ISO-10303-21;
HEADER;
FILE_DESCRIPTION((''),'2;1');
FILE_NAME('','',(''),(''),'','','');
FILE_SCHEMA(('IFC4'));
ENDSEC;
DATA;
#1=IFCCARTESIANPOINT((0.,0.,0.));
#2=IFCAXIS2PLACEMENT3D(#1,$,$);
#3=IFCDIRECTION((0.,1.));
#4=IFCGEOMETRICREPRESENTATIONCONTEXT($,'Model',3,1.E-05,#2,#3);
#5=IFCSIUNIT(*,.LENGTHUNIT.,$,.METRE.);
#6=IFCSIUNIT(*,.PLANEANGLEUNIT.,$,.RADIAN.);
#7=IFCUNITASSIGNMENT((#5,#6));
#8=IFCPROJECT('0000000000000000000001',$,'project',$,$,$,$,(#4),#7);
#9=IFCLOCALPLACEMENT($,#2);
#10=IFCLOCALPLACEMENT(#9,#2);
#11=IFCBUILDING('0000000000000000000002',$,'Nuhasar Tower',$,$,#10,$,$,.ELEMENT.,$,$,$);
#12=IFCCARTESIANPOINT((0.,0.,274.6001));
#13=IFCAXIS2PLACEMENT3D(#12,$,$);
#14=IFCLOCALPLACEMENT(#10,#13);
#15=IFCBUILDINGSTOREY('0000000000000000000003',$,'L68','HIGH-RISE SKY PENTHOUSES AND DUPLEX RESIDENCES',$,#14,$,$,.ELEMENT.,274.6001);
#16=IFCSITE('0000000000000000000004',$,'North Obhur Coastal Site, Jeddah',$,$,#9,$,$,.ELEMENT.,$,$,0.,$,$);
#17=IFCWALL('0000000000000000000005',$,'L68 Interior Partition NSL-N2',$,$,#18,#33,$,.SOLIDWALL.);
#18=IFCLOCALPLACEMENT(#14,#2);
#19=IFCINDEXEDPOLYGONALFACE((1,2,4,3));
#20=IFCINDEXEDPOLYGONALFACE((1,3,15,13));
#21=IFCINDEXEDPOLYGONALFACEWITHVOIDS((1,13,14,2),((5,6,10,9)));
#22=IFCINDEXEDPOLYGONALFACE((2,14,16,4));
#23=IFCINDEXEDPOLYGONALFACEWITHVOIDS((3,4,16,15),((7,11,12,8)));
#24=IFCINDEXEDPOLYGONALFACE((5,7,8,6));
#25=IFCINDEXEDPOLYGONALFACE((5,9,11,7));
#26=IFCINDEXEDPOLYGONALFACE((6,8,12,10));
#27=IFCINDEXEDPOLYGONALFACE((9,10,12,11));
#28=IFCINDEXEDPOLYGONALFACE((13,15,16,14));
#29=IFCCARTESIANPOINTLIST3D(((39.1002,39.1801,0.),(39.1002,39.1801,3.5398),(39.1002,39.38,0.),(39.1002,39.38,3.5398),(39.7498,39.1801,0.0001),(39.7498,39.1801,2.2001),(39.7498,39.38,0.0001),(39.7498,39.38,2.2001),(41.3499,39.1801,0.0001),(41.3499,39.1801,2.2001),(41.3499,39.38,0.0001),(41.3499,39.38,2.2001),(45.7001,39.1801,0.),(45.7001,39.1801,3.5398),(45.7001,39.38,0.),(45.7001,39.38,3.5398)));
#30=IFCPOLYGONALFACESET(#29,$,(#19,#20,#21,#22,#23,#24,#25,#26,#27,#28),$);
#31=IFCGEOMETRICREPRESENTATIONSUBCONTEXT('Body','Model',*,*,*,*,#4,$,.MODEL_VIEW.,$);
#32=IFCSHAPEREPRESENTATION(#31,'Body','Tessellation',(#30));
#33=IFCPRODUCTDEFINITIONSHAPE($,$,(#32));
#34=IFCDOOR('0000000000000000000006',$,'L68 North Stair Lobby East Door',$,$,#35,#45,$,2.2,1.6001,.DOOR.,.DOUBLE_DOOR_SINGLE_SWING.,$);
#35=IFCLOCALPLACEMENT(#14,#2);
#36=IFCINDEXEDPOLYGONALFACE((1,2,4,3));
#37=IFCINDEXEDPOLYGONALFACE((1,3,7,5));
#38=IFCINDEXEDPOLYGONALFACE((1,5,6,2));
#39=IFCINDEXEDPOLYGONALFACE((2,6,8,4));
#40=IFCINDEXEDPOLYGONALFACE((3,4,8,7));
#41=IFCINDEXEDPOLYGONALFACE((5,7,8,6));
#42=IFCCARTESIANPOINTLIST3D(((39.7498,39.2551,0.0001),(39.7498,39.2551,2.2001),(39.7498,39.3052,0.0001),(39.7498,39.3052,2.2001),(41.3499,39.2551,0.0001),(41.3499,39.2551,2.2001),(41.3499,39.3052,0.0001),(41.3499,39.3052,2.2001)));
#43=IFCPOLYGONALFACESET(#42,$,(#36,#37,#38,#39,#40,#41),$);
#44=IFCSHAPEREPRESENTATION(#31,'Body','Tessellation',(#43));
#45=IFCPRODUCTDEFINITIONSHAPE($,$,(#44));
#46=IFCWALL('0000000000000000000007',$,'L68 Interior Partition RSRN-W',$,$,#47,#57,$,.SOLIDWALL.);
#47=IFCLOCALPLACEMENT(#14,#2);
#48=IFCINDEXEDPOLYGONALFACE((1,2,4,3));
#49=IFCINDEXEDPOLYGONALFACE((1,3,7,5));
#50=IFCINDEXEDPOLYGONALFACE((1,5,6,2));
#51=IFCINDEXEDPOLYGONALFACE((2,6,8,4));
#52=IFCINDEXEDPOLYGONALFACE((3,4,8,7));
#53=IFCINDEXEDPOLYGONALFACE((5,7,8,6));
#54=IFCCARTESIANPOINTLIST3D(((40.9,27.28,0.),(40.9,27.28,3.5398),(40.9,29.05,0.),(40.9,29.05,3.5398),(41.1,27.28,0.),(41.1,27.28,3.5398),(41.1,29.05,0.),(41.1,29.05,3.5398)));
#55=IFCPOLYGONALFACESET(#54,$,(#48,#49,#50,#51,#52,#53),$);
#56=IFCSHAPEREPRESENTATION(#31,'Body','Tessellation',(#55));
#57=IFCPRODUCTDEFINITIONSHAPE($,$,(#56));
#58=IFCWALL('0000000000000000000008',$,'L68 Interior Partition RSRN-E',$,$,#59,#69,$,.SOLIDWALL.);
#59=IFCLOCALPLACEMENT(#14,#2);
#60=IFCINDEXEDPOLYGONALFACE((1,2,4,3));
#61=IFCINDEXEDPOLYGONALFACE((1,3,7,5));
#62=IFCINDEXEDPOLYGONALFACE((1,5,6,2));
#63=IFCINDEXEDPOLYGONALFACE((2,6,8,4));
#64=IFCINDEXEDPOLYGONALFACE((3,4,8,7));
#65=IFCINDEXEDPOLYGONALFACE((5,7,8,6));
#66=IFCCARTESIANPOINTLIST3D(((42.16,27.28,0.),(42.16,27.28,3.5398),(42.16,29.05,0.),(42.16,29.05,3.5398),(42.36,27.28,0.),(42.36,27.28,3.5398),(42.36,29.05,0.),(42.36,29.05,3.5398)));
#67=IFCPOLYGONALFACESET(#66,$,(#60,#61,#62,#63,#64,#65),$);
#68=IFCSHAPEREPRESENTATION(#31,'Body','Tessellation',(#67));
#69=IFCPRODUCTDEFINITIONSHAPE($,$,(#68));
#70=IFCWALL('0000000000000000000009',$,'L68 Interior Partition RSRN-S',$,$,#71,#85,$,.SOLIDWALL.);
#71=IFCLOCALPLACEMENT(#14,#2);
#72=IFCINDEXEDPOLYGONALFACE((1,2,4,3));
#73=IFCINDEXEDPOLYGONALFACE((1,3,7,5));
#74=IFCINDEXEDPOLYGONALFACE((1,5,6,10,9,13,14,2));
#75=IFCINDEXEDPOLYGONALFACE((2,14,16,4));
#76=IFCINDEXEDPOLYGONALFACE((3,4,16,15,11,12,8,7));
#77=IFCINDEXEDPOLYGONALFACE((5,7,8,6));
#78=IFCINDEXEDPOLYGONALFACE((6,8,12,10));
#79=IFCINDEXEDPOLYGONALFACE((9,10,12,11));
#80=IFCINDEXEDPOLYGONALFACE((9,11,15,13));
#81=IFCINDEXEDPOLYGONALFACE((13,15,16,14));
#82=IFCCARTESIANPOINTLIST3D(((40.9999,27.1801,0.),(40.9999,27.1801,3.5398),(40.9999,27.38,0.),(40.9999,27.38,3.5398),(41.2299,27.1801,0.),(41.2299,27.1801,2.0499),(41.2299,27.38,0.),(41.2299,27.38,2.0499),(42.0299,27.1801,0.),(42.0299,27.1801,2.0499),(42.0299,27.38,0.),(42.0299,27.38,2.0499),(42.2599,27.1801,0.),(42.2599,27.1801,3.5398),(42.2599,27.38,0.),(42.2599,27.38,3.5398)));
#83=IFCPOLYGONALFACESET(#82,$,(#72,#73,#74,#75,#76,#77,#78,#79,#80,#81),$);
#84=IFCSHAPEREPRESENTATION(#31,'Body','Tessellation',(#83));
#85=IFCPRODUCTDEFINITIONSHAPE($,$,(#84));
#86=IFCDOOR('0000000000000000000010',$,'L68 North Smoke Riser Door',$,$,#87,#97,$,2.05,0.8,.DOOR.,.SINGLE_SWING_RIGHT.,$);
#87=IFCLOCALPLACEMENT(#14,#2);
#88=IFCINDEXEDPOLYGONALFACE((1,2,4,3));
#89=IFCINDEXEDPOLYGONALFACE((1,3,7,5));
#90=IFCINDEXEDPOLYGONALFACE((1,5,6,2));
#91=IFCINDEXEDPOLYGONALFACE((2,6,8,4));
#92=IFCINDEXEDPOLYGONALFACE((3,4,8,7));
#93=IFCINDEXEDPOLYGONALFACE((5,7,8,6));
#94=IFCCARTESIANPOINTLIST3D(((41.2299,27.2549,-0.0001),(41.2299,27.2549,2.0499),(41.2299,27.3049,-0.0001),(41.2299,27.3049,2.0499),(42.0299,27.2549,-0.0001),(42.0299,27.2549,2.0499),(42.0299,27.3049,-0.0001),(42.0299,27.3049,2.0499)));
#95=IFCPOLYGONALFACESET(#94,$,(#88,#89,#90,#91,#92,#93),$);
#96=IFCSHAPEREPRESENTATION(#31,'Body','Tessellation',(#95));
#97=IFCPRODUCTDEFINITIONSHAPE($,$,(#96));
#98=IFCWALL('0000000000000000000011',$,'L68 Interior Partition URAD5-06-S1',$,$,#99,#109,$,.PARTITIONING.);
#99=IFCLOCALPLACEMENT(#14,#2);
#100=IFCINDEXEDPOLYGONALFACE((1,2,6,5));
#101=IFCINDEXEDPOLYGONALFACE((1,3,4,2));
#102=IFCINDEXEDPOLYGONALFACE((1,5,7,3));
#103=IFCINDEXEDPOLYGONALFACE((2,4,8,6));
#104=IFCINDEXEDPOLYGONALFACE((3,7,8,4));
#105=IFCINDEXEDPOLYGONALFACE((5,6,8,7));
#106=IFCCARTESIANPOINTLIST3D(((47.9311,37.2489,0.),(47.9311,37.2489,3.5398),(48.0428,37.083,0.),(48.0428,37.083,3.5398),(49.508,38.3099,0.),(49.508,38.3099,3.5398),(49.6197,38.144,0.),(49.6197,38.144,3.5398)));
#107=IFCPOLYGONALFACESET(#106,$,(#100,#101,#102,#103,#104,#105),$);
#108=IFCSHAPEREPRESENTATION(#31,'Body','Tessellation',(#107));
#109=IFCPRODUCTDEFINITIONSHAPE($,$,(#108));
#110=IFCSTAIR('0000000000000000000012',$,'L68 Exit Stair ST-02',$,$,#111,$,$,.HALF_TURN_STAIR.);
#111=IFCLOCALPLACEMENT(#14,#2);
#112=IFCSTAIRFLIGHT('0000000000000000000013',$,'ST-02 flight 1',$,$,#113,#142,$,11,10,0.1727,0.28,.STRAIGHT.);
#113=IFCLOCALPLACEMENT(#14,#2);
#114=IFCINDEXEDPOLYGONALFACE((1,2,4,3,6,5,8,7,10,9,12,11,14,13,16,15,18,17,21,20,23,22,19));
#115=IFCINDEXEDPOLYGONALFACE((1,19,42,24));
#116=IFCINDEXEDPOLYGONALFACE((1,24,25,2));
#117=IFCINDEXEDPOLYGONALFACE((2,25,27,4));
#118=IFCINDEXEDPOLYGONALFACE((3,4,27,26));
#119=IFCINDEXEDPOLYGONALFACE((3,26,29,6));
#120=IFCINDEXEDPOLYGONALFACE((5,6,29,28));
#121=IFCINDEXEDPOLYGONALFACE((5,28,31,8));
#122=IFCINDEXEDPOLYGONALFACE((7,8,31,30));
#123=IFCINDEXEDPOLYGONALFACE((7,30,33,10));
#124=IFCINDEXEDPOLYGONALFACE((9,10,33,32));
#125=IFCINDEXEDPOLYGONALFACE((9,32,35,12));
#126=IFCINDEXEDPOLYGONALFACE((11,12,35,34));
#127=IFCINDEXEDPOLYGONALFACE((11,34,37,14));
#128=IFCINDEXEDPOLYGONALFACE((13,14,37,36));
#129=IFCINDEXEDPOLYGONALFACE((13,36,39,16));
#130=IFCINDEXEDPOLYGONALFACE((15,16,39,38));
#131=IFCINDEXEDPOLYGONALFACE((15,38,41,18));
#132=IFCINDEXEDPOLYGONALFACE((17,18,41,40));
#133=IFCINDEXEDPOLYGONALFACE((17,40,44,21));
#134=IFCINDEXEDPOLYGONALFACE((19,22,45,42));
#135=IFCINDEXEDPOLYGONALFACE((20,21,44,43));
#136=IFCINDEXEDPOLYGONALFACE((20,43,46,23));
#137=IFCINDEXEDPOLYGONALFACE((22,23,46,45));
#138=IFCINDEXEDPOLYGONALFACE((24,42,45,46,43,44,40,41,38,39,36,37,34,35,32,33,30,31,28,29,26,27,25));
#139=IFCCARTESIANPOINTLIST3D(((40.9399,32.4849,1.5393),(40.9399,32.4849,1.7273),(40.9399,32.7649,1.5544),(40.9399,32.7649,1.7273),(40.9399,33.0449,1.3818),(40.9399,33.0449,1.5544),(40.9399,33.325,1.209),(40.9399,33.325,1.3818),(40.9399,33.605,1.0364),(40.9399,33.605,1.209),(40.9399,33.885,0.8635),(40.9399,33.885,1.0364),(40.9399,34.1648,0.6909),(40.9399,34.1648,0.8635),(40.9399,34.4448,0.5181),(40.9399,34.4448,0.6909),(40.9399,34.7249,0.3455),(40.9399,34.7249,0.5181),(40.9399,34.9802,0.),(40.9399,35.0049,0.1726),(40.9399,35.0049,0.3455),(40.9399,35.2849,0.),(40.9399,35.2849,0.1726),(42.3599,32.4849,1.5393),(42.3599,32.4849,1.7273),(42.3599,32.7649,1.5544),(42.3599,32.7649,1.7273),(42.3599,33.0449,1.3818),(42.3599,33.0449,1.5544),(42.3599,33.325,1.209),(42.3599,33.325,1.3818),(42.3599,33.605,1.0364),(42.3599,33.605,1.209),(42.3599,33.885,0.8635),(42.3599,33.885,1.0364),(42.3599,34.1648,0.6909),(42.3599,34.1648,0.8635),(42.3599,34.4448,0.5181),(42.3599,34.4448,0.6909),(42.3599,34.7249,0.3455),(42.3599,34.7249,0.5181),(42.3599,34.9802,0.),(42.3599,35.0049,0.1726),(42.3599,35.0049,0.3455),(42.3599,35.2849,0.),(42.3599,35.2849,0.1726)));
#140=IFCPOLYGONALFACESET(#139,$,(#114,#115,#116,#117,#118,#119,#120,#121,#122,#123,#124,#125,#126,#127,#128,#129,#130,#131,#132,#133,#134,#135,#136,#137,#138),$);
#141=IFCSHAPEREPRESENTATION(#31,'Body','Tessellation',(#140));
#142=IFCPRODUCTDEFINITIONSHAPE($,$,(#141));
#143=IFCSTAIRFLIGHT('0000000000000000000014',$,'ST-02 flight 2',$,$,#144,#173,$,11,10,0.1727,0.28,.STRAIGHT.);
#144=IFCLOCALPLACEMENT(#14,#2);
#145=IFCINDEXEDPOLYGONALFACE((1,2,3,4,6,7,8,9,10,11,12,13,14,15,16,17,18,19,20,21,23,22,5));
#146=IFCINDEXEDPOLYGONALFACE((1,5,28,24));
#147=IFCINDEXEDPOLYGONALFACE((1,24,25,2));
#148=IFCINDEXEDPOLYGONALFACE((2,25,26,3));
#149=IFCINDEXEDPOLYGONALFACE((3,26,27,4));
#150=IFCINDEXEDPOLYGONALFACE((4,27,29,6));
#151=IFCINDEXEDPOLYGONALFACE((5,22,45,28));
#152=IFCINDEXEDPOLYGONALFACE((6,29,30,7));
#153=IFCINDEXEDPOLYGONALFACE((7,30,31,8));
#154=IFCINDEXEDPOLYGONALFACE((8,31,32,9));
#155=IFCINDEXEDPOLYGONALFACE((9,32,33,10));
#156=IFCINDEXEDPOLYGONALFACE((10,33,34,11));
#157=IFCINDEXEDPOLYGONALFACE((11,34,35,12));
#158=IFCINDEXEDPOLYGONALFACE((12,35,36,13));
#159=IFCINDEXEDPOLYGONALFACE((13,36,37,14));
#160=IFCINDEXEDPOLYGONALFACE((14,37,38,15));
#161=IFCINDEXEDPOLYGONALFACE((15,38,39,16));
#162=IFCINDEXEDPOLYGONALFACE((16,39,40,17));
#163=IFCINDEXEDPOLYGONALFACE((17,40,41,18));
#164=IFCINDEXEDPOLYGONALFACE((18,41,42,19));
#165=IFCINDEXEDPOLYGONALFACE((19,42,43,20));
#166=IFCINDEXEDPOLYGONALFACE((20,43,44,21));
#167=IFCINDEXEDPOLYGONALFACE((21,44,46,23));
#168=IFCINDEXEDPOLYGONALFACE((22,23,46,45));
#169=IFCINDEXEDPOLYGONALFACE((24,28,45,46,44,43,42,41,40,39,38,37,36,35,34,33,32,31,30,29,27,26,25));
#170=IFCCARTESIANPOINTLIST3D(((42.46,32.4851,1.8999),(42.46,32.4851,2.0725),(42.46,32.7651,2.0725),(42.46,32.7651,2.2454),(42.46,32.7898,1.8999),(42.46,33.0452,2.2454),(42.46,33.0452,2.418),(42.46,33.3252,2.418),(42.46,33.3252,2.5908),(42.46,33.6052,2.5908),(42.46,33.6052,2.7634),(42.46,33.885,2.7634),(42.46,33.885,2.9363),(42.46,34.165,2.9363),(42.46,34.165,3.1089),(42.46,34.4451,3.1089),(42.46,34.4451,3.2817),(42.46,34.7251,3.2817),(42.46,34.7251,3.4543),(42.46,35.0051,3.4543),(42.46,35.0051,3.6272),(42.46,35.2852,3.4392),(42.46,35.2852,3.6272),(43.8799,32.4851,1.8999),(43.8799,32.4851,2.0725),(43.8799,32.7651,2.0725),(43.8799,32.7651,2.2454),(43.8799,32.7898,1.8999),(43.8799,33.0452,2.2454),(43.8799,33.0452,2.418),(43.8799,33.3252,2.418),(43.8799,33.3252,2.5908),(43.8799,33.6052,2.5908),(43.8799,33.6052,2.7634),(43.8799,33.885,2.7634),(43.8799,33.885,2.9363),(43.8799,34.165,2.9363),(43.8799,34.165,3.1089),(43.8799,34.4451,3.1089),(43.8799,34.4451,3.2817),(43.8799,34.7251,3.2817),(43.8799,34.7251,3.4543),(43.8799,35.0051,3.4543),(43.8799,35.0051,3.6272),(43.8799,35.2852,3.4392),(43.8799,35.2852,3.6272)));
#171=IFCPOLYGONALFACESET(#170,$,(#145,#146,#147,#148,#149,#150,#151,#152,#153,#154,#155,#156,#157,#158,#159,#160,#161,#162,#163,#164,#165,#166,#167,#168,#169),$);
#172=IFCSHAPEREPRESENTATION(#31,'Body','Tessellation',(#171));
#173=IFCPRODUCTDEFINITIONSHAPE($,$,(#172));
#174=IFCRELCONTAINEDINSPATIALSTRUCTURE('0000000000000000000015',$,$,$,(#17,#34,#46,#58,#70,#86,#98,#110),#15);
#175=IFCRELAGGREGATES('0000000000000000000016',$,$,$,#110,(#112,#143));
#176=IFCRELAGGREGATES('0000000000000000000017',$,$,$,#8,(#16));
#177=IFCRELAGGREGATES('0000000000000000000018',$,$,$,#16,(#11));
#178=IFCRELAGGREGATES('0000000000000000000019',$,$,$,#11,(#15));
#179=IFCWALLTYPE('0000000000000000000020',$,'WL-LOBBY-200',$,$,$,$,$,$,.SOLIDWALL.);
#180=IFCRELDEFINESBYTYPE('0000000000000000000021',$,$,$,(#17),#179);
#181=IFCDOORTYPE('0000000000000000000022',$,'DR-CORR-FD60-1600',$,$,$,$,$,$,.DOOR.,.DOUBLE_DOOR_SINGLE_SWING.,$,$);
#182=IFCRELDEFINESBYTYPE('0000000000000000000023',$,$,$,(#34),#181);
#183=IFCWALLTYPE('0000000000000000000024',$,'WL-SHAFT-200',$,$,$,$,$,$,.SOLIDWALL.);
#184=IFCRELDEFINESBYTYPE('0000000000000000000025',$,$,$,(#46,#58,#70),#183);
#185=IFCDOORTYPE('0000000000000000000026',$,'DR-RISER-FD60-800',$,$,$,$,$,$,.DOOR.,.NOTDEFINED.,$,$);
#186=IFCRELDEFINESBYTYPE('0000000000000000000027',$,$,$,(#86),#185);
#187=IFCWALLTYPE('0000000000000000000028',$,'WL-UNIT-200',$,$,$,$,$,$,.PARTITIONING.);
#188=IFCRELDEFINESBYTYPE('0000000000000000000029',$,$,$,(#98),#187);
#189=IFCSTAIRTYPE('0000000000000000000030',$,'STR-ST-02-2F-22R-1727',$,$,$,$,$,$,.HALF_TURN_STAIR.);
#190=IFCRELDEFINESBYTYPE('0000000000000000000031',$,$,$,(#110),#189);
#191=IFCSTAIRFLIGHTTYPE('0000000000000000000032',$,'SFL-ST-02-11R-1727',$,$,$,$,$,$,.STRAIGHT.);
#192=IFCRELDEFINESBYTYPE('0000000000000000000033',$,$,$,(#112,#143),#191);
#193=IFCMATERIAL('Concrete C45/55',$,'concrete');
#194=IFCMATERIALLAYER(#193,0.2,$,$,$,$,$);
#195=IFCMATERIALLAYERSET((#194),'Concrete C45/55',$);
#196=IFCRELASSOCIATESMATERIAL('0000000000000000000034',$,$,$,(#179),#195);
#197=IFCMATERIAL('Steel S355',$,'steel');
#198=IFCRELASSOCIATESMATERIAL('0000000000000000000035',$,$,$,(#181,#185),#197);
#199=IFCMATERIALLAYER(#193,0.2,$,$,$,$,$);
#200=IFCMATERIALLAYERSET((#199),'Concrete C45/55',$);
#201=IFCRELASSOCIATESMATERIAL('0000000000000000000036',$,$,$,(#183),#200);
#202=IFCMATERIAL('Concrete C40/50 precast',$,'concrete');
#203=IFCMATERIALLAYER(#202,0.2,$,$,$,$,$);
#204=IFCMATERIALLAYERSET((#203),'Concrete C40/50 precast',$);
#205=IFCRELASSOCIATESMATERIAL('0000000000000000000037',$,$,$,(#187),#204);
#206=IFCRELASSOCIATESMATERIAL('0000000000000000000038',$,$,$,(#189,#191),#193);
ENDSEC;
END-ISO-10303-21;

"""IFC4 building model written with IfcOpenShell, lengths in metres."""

from ifc_helpers import new_model, si_unit, direction, frame, frame_2d, origin, place, context, subcontext, project, spatial, polyline, rectangle, outline, extrude, material, layer, layer_set, type_object, element, fill, aggregate, save


model = new_model("IFC4")

# Units and contexts
model_context = context("Model", 3, precision=1e-05, world=origin(), true_north=direction((0.0, 1.0)))
body_context = subcontext(model_context, "Body", "Model", "MODEL_VIEW")
ifc_project = project(units=[si_unit("LENGTHUNIT", "METRE"), si_unit("PLANEANGLEUNIT", "RADIAN")], contexts=[model_context])

# Site, building, storey
site_placement = place(None, origin())
site = spatial("IfcSite", under=ifc_project, at=site_placement, Name="North Obhur Coastal Site, Jeddah", CompositionType="ELEMENT", RefElevation=0.0)
building_placement = place(site_placement, origin())
building = spatial("IfcBuilding", under=site, at=building_placement, Name="Nuhasar Tower", CompositionType="ELEMENT")
storey_placement = place(building_placement, frame((0.0, 0.0, 274.6001)))
storey = spatial("IfcBuildingStorey", under=building, at=storey_placement, Name="L68", Description="HIGH-RISE SKY PENTHOUSES AND DUPLEX RESIDENCES", CompositionType="ELEMENT", Elevation=274.6001)

# Shared definitions
ifc_material_1 = material(Name="Steel S355", Category="steel")

# Shared definitions
ifc_material_2 = material(Name="Concrete C45/55", Category="concrete")
ifc_layer_1 = layer(ifc_material_2, 0.2)
ifc_layer_set_1 = layer_set([ifc_layer_1], Name="Concrete C45/55")
wall_type_1 = type_object("IfcWallType", Name="WL-LOBBY-200", PredefinedType="SOLIDWALL", material=ifc_layer_set_1)

# Wall, opening, door
wall_1_placement = place(storey_placement, frame((45.7, 39.28, 0.0), z_axis=(0.0, 0.0, 1.0), x_axis=(-1.0, 0.0, 0.0)))
wall_1 = element("IfcWall", 1, at=wall_1_placement, inside=storey, type_object=wall_type_1, Name="L68 Interior Partition NSL-N2", PredefinedType="SOLIDWALL", context=body_context, shape_type="SweptSolid", body=[
    extrude(rectangle(XDim=6.5999, YDim=0.2, at=frame_2d((3.2998, 0.0))), origin(), (0.0, 0.0, 1.0), 3.5398),
])
opening_1_placement = place(wall_1_placement, frame((4.3501, 0.0, 0.0)))
opening_1 = element("IfcOpeningElement", 2, at=opening_1_placement, cuts=wall_1, PredefinedType="OPENING", context=body_context, shape_type="SweptSolid", body=[
    extrude(rectangle(XDim=1.6001, YDim=2.2, at=frame_2d((0.8, 1.1001))), frame((0.0, 0.1099, 0.0), z_axis=(0.0, -1.0, 0.0), x_axis=(1.0, 0.0, 0.0)), (0.0, 0.0, 1.0), 0.22),
])
door_type_1 = type_object("IfcDoorType", Name="DR-CORR-FD60-1600", OperationType="DOUBLE_DOOR_SINGLE_SWING", PredefinedType="DOOR", material=ifc_material_1)
door_1_placement = place(opening_1_placement, origin())
door_1 = element("IfcDoor", 3, at=door_1_placement, inside=storey, type_object=door_type_1, Name="L68 North Stair Lobby East Door", OperationType="DOUBLE_DOOR_SINGLE_SWING", OverallHeight=2.2, OverallWidth=1.6001, PredefinedType="DOOR", context=body_context, shape_type="SweptSolid", body=[
    extrude(rectangle(XDim=1.6001, YDim=2.2, at=frame_2d((0.8, 1.1001))), frame((0.0, 0.0249, 0.0), z_axis=(0.0, -1.0, 0.0), x_axis=(1.0, 0.0, 0.0)), (0.0, 0.0, 1.0), 0.05),
])
fill(opening_1, door_1)

# Walls
ifc_layer_2 = layer(ifc_material_2, 0.2)
ifc_layer_set_2 = layer_set([ifc_layer_2], Name="Concrete C45/55")
wall_type_2 = type_object("IfcWallType", Name="WL-SHAFT-200", PredefinedType="SOLIDWALL", material=ifc_layer_set_2)
for number, where, z_axis, x_axis, name in (
    (4, (41.0, 27.28, 0.0), (0.0, 0.0, 1.0), (0.0, 1.0, 0.0), "L68 Interior Partition RSRN-W"),
    (5, (42.26, 27.28, 0.0), (0.0, 0.0, 1.0), (0.0, 1.0, 0.0), "L68 Interior Partition RSRN-E"),
):
    element("IfcWall", number, at=place(storey_placement, frame(where, z_axis=z_axis, x_axis=x_axis)), inside=storey, type_object=wall_type_2, Name=name, PredefinedType="SOLIDWALL", context=body_context, shape_type="SweptSolid", body=[
        extrude(rectangle(XDim=1.77, YDim=0.2, at=frame_2d((0.885, 0.0))), origin(), (0.0, 0.0, 1.0), 3.5398),
    ])

# Wall, opening, door
wall_2_placement = place(storey_placement, frame((41.0, 27.28, 0.0), z_axis=(0.0, 0.0, 1.0), x_axis=(1.0, 0.0, 0.0)))
wall_2 = element("IfcWall", 6, at=wall_2_placement, inside=storey, type_object=wall_type_2, Name="L68 Interior Partition RSRN-S", PredefinedType="SOLIDWALL", context=body_context, shape_type="SweptSolid", body=[
    extrude(rectangle(XDim=1.26, YDim=0.2, at=frame_2d((0.6299, 0.0))), origin(), (0.0, 0.0, 1.0), 3.5398),
])
opening_2_placement = place(wall_2_placement, frame((0.23, 0.0, 0.0)))
opening_2 = element("IfcOpeningElement", 7, at=opening_2_placement, cuts=wall_2, PredefinedType="OPENING", context=body_context, shape_type="SweptSolid", body=[
    extrude(rectangle(XDim=0.8, YDim=2.05, at=frame_2d((0.3999, 1.0249))), frame((0.0, 0.1099, 0.0), z_axis=(0.0, -1.0, 0.0), x_axis=(1.0, 0.0, 0.0)), (0.0, 0.0, 1.0), 0.22),
])
door_type_2 = type_object("IfcDoorType", Name="DR-RISER-FD60-800", OperationType="NOTDEFINED", PredefinedType="DOOR", material=ifc_material_1)
door_2_placement = place(opening_2_placement, origin())
door_2 = element("IfcDoor", 8, at=door_2_placement, inside=storey, type_object=door_type_2, Name="L68 North Smoke Riser Door", OperationType="SINGLE_SWING_RIGHT", OverallHeight=2.05, OverallWidth=0.8, PredefinedType="DOOR", context=body_context, shape_type="SweptSolid", body=[
    extrude(rectangle(XDim=0.8, YDim=2.05, at=frame_2d((0.3999, 1.0249))), frame((0.0, 0.0249, 0.0), z_axis=(0.0, -1.0, 0.0), x_axis=(1.0, 0.0, 0.0)), (0.0, 0.0, 1.0), 0.05),
])
fill(opening_2, door_2)

# Wall
ifc_material_3 = material(Name="Concrete C40/50 precast", Category="concrete")
ifc_layer_3 = layer(ifc_material_3, 0.2)
ifc_layer_set_3 = layer_set([ifc_layer_3], Name="Concrete C40/50 precast")
wall_type_3 = type_object("IfcWallType", Name="WL-UNIT-200", PredefinedType="PARTITIONING", material=ifc_layer_set_3)
wall_3_placement = place(storey_placement, frame((47.9871, 37.166, 0.0), z_axis=(0.0, 0.0, 1.0), x_axis=(0.829671, 0.558252, 0.0)))
element("IfcWall", 9, at=wall_3_placement, inside=storey, type_object=wall_type_3, Name="L68 Interior Partition URAD5-06-S1", PredefinedType="PARTITIONING", context=body_context, shape_type="SweptSolid", body=[
    extrude(rectangle(XDim=1.9006, YDim=0.2, at=frame_2d((0.9502, 0.0))), origin(), (0.0, 0.0, 1.0), 3.5398),
])

# Stair, stair flights
stair_type_1 = type_object("IfcStairType", Name="STR-ST-02-2F-22R-1727", PredefinedType="HALF_TURN_STAIR", material=ifc_material_2)
stair_1_placement = place(storey_placement, origin())
stair_1 = element("IfcStair", 10, at=stair_1_placement, inside=storey, type_object=stair_type_1, Name="L68 Exit Stair ST-02", PredefinedType="HALF_TURN_STAIR")
stair_flight_type_1 = type_object("IfcStairFlightType", Name="SFL-ST-02-11R-1727", PredefinedType="STRAIGHT", material=ifc_material_2)
stair_flight_1_placement = place(storey_placement, frame((41.6499, 35.2849, 0.0), z_axis=(0.0, 0.0, 1.0), x_axis=(0.0, -1.0, 0.0)))
stair_flight_1 = element("IfcStairFlight", 11, at=stair_flight_1_placement, type_object=stair_flight_type_1, Name="ST-02 flight 1", NumberOfRisers=11, NumberOfTreads=10, PredefinedType="STRAIGHT", RiserHeight=0.1727, TreadLength=0.28, context=body_context, shape_type="SweptSolid", body=[
    extrude(outline(polyline([(0.0, 0.0), (0.0, 0.1726), (0.28, 0.1726), (0.28, 0.3455), (0.5601, 0.3455), (0.5601, 0.5181), (0.8401, 0.5181), (0.8401, 0.6909), (1.1201, 0.6909), (1.1201, 0.8635), (1.3999, 0.8635), (1.3999, 1.0364), (1.6799, 1.0364), (1.6799, 1.209), (1.96, 1.209), (1.96, 1.3818), (2.24, 1.3818), (2.24, 1.5544), (2.52, 1.5544), (2.52, 1.7273), (2.8, 1.7273), (2.8, 1.8999), (2.8, 1.5393), (0.3047, 0.0), (0.0, 0.0)])), frame((0.0, 0.71, 0.0), z_axis=(0.0, -1.0, 0.0), x_axis=(1.0, 0.0, 0.0)), (0.0, 0.0, 1.0), 1.4199),
])
stair_flight_2_placement = place(storey_placement, frame((43.1699, 32.4851, 1.8999), z_axis=(0.0, 0.0, 1.0), x_axis=(0.0, 1.0, 0.0)))
stair_flight_2 = element("IfcStairFlight", 12, at=stair_flight_2_placement, type_object=stair_flight_type_1, Name="ST-02 flight 2", NumberOfRisers=11, NumberOfTreads=10, PredefinedType="STRAIGHT", RiserHeight=0.1727, TreadLength=0.28, context=body_context, shape_type="SweptSolid", body=[
    extrude(outline(polyline([(0.0, 0.0), (0.0, 0.1726), (0.28, 0.1726), (0.28, 0.3455), (0.5601, 0.3455), (0.5601, 0.5181), (0.8401, 0.5181), (0.8401, 0.6909), (1.1201, 0.6909), (1.1201, 0.8635), (1.3999, 0.8635), (1.3999, 1.0364), (1.6799, 1.0364), (1.6799, 1.209), (1.96, 1.209), (1.96, 1.3818), (2.24, 1.3818), (2.24, 1.5544), (2.52, 1.5544), (2.52, 1.7273), (2.8, 1.7273), (2.8, 1.8999), (2.8, 1.5393), (0.3047, 0.0), (0.0, 0.0)])), frame((0.0, 0.71, 0.0), z_axis=(0.0, -1.0, 0.0), x_axis=(1.0, 0.0, 0.0)), (0.0, 0.0, 1.0), 1.4199),
])
aggregate(stair_1, [stair_flight_1, stair_flight_2])

save(model, "model.ifc")
